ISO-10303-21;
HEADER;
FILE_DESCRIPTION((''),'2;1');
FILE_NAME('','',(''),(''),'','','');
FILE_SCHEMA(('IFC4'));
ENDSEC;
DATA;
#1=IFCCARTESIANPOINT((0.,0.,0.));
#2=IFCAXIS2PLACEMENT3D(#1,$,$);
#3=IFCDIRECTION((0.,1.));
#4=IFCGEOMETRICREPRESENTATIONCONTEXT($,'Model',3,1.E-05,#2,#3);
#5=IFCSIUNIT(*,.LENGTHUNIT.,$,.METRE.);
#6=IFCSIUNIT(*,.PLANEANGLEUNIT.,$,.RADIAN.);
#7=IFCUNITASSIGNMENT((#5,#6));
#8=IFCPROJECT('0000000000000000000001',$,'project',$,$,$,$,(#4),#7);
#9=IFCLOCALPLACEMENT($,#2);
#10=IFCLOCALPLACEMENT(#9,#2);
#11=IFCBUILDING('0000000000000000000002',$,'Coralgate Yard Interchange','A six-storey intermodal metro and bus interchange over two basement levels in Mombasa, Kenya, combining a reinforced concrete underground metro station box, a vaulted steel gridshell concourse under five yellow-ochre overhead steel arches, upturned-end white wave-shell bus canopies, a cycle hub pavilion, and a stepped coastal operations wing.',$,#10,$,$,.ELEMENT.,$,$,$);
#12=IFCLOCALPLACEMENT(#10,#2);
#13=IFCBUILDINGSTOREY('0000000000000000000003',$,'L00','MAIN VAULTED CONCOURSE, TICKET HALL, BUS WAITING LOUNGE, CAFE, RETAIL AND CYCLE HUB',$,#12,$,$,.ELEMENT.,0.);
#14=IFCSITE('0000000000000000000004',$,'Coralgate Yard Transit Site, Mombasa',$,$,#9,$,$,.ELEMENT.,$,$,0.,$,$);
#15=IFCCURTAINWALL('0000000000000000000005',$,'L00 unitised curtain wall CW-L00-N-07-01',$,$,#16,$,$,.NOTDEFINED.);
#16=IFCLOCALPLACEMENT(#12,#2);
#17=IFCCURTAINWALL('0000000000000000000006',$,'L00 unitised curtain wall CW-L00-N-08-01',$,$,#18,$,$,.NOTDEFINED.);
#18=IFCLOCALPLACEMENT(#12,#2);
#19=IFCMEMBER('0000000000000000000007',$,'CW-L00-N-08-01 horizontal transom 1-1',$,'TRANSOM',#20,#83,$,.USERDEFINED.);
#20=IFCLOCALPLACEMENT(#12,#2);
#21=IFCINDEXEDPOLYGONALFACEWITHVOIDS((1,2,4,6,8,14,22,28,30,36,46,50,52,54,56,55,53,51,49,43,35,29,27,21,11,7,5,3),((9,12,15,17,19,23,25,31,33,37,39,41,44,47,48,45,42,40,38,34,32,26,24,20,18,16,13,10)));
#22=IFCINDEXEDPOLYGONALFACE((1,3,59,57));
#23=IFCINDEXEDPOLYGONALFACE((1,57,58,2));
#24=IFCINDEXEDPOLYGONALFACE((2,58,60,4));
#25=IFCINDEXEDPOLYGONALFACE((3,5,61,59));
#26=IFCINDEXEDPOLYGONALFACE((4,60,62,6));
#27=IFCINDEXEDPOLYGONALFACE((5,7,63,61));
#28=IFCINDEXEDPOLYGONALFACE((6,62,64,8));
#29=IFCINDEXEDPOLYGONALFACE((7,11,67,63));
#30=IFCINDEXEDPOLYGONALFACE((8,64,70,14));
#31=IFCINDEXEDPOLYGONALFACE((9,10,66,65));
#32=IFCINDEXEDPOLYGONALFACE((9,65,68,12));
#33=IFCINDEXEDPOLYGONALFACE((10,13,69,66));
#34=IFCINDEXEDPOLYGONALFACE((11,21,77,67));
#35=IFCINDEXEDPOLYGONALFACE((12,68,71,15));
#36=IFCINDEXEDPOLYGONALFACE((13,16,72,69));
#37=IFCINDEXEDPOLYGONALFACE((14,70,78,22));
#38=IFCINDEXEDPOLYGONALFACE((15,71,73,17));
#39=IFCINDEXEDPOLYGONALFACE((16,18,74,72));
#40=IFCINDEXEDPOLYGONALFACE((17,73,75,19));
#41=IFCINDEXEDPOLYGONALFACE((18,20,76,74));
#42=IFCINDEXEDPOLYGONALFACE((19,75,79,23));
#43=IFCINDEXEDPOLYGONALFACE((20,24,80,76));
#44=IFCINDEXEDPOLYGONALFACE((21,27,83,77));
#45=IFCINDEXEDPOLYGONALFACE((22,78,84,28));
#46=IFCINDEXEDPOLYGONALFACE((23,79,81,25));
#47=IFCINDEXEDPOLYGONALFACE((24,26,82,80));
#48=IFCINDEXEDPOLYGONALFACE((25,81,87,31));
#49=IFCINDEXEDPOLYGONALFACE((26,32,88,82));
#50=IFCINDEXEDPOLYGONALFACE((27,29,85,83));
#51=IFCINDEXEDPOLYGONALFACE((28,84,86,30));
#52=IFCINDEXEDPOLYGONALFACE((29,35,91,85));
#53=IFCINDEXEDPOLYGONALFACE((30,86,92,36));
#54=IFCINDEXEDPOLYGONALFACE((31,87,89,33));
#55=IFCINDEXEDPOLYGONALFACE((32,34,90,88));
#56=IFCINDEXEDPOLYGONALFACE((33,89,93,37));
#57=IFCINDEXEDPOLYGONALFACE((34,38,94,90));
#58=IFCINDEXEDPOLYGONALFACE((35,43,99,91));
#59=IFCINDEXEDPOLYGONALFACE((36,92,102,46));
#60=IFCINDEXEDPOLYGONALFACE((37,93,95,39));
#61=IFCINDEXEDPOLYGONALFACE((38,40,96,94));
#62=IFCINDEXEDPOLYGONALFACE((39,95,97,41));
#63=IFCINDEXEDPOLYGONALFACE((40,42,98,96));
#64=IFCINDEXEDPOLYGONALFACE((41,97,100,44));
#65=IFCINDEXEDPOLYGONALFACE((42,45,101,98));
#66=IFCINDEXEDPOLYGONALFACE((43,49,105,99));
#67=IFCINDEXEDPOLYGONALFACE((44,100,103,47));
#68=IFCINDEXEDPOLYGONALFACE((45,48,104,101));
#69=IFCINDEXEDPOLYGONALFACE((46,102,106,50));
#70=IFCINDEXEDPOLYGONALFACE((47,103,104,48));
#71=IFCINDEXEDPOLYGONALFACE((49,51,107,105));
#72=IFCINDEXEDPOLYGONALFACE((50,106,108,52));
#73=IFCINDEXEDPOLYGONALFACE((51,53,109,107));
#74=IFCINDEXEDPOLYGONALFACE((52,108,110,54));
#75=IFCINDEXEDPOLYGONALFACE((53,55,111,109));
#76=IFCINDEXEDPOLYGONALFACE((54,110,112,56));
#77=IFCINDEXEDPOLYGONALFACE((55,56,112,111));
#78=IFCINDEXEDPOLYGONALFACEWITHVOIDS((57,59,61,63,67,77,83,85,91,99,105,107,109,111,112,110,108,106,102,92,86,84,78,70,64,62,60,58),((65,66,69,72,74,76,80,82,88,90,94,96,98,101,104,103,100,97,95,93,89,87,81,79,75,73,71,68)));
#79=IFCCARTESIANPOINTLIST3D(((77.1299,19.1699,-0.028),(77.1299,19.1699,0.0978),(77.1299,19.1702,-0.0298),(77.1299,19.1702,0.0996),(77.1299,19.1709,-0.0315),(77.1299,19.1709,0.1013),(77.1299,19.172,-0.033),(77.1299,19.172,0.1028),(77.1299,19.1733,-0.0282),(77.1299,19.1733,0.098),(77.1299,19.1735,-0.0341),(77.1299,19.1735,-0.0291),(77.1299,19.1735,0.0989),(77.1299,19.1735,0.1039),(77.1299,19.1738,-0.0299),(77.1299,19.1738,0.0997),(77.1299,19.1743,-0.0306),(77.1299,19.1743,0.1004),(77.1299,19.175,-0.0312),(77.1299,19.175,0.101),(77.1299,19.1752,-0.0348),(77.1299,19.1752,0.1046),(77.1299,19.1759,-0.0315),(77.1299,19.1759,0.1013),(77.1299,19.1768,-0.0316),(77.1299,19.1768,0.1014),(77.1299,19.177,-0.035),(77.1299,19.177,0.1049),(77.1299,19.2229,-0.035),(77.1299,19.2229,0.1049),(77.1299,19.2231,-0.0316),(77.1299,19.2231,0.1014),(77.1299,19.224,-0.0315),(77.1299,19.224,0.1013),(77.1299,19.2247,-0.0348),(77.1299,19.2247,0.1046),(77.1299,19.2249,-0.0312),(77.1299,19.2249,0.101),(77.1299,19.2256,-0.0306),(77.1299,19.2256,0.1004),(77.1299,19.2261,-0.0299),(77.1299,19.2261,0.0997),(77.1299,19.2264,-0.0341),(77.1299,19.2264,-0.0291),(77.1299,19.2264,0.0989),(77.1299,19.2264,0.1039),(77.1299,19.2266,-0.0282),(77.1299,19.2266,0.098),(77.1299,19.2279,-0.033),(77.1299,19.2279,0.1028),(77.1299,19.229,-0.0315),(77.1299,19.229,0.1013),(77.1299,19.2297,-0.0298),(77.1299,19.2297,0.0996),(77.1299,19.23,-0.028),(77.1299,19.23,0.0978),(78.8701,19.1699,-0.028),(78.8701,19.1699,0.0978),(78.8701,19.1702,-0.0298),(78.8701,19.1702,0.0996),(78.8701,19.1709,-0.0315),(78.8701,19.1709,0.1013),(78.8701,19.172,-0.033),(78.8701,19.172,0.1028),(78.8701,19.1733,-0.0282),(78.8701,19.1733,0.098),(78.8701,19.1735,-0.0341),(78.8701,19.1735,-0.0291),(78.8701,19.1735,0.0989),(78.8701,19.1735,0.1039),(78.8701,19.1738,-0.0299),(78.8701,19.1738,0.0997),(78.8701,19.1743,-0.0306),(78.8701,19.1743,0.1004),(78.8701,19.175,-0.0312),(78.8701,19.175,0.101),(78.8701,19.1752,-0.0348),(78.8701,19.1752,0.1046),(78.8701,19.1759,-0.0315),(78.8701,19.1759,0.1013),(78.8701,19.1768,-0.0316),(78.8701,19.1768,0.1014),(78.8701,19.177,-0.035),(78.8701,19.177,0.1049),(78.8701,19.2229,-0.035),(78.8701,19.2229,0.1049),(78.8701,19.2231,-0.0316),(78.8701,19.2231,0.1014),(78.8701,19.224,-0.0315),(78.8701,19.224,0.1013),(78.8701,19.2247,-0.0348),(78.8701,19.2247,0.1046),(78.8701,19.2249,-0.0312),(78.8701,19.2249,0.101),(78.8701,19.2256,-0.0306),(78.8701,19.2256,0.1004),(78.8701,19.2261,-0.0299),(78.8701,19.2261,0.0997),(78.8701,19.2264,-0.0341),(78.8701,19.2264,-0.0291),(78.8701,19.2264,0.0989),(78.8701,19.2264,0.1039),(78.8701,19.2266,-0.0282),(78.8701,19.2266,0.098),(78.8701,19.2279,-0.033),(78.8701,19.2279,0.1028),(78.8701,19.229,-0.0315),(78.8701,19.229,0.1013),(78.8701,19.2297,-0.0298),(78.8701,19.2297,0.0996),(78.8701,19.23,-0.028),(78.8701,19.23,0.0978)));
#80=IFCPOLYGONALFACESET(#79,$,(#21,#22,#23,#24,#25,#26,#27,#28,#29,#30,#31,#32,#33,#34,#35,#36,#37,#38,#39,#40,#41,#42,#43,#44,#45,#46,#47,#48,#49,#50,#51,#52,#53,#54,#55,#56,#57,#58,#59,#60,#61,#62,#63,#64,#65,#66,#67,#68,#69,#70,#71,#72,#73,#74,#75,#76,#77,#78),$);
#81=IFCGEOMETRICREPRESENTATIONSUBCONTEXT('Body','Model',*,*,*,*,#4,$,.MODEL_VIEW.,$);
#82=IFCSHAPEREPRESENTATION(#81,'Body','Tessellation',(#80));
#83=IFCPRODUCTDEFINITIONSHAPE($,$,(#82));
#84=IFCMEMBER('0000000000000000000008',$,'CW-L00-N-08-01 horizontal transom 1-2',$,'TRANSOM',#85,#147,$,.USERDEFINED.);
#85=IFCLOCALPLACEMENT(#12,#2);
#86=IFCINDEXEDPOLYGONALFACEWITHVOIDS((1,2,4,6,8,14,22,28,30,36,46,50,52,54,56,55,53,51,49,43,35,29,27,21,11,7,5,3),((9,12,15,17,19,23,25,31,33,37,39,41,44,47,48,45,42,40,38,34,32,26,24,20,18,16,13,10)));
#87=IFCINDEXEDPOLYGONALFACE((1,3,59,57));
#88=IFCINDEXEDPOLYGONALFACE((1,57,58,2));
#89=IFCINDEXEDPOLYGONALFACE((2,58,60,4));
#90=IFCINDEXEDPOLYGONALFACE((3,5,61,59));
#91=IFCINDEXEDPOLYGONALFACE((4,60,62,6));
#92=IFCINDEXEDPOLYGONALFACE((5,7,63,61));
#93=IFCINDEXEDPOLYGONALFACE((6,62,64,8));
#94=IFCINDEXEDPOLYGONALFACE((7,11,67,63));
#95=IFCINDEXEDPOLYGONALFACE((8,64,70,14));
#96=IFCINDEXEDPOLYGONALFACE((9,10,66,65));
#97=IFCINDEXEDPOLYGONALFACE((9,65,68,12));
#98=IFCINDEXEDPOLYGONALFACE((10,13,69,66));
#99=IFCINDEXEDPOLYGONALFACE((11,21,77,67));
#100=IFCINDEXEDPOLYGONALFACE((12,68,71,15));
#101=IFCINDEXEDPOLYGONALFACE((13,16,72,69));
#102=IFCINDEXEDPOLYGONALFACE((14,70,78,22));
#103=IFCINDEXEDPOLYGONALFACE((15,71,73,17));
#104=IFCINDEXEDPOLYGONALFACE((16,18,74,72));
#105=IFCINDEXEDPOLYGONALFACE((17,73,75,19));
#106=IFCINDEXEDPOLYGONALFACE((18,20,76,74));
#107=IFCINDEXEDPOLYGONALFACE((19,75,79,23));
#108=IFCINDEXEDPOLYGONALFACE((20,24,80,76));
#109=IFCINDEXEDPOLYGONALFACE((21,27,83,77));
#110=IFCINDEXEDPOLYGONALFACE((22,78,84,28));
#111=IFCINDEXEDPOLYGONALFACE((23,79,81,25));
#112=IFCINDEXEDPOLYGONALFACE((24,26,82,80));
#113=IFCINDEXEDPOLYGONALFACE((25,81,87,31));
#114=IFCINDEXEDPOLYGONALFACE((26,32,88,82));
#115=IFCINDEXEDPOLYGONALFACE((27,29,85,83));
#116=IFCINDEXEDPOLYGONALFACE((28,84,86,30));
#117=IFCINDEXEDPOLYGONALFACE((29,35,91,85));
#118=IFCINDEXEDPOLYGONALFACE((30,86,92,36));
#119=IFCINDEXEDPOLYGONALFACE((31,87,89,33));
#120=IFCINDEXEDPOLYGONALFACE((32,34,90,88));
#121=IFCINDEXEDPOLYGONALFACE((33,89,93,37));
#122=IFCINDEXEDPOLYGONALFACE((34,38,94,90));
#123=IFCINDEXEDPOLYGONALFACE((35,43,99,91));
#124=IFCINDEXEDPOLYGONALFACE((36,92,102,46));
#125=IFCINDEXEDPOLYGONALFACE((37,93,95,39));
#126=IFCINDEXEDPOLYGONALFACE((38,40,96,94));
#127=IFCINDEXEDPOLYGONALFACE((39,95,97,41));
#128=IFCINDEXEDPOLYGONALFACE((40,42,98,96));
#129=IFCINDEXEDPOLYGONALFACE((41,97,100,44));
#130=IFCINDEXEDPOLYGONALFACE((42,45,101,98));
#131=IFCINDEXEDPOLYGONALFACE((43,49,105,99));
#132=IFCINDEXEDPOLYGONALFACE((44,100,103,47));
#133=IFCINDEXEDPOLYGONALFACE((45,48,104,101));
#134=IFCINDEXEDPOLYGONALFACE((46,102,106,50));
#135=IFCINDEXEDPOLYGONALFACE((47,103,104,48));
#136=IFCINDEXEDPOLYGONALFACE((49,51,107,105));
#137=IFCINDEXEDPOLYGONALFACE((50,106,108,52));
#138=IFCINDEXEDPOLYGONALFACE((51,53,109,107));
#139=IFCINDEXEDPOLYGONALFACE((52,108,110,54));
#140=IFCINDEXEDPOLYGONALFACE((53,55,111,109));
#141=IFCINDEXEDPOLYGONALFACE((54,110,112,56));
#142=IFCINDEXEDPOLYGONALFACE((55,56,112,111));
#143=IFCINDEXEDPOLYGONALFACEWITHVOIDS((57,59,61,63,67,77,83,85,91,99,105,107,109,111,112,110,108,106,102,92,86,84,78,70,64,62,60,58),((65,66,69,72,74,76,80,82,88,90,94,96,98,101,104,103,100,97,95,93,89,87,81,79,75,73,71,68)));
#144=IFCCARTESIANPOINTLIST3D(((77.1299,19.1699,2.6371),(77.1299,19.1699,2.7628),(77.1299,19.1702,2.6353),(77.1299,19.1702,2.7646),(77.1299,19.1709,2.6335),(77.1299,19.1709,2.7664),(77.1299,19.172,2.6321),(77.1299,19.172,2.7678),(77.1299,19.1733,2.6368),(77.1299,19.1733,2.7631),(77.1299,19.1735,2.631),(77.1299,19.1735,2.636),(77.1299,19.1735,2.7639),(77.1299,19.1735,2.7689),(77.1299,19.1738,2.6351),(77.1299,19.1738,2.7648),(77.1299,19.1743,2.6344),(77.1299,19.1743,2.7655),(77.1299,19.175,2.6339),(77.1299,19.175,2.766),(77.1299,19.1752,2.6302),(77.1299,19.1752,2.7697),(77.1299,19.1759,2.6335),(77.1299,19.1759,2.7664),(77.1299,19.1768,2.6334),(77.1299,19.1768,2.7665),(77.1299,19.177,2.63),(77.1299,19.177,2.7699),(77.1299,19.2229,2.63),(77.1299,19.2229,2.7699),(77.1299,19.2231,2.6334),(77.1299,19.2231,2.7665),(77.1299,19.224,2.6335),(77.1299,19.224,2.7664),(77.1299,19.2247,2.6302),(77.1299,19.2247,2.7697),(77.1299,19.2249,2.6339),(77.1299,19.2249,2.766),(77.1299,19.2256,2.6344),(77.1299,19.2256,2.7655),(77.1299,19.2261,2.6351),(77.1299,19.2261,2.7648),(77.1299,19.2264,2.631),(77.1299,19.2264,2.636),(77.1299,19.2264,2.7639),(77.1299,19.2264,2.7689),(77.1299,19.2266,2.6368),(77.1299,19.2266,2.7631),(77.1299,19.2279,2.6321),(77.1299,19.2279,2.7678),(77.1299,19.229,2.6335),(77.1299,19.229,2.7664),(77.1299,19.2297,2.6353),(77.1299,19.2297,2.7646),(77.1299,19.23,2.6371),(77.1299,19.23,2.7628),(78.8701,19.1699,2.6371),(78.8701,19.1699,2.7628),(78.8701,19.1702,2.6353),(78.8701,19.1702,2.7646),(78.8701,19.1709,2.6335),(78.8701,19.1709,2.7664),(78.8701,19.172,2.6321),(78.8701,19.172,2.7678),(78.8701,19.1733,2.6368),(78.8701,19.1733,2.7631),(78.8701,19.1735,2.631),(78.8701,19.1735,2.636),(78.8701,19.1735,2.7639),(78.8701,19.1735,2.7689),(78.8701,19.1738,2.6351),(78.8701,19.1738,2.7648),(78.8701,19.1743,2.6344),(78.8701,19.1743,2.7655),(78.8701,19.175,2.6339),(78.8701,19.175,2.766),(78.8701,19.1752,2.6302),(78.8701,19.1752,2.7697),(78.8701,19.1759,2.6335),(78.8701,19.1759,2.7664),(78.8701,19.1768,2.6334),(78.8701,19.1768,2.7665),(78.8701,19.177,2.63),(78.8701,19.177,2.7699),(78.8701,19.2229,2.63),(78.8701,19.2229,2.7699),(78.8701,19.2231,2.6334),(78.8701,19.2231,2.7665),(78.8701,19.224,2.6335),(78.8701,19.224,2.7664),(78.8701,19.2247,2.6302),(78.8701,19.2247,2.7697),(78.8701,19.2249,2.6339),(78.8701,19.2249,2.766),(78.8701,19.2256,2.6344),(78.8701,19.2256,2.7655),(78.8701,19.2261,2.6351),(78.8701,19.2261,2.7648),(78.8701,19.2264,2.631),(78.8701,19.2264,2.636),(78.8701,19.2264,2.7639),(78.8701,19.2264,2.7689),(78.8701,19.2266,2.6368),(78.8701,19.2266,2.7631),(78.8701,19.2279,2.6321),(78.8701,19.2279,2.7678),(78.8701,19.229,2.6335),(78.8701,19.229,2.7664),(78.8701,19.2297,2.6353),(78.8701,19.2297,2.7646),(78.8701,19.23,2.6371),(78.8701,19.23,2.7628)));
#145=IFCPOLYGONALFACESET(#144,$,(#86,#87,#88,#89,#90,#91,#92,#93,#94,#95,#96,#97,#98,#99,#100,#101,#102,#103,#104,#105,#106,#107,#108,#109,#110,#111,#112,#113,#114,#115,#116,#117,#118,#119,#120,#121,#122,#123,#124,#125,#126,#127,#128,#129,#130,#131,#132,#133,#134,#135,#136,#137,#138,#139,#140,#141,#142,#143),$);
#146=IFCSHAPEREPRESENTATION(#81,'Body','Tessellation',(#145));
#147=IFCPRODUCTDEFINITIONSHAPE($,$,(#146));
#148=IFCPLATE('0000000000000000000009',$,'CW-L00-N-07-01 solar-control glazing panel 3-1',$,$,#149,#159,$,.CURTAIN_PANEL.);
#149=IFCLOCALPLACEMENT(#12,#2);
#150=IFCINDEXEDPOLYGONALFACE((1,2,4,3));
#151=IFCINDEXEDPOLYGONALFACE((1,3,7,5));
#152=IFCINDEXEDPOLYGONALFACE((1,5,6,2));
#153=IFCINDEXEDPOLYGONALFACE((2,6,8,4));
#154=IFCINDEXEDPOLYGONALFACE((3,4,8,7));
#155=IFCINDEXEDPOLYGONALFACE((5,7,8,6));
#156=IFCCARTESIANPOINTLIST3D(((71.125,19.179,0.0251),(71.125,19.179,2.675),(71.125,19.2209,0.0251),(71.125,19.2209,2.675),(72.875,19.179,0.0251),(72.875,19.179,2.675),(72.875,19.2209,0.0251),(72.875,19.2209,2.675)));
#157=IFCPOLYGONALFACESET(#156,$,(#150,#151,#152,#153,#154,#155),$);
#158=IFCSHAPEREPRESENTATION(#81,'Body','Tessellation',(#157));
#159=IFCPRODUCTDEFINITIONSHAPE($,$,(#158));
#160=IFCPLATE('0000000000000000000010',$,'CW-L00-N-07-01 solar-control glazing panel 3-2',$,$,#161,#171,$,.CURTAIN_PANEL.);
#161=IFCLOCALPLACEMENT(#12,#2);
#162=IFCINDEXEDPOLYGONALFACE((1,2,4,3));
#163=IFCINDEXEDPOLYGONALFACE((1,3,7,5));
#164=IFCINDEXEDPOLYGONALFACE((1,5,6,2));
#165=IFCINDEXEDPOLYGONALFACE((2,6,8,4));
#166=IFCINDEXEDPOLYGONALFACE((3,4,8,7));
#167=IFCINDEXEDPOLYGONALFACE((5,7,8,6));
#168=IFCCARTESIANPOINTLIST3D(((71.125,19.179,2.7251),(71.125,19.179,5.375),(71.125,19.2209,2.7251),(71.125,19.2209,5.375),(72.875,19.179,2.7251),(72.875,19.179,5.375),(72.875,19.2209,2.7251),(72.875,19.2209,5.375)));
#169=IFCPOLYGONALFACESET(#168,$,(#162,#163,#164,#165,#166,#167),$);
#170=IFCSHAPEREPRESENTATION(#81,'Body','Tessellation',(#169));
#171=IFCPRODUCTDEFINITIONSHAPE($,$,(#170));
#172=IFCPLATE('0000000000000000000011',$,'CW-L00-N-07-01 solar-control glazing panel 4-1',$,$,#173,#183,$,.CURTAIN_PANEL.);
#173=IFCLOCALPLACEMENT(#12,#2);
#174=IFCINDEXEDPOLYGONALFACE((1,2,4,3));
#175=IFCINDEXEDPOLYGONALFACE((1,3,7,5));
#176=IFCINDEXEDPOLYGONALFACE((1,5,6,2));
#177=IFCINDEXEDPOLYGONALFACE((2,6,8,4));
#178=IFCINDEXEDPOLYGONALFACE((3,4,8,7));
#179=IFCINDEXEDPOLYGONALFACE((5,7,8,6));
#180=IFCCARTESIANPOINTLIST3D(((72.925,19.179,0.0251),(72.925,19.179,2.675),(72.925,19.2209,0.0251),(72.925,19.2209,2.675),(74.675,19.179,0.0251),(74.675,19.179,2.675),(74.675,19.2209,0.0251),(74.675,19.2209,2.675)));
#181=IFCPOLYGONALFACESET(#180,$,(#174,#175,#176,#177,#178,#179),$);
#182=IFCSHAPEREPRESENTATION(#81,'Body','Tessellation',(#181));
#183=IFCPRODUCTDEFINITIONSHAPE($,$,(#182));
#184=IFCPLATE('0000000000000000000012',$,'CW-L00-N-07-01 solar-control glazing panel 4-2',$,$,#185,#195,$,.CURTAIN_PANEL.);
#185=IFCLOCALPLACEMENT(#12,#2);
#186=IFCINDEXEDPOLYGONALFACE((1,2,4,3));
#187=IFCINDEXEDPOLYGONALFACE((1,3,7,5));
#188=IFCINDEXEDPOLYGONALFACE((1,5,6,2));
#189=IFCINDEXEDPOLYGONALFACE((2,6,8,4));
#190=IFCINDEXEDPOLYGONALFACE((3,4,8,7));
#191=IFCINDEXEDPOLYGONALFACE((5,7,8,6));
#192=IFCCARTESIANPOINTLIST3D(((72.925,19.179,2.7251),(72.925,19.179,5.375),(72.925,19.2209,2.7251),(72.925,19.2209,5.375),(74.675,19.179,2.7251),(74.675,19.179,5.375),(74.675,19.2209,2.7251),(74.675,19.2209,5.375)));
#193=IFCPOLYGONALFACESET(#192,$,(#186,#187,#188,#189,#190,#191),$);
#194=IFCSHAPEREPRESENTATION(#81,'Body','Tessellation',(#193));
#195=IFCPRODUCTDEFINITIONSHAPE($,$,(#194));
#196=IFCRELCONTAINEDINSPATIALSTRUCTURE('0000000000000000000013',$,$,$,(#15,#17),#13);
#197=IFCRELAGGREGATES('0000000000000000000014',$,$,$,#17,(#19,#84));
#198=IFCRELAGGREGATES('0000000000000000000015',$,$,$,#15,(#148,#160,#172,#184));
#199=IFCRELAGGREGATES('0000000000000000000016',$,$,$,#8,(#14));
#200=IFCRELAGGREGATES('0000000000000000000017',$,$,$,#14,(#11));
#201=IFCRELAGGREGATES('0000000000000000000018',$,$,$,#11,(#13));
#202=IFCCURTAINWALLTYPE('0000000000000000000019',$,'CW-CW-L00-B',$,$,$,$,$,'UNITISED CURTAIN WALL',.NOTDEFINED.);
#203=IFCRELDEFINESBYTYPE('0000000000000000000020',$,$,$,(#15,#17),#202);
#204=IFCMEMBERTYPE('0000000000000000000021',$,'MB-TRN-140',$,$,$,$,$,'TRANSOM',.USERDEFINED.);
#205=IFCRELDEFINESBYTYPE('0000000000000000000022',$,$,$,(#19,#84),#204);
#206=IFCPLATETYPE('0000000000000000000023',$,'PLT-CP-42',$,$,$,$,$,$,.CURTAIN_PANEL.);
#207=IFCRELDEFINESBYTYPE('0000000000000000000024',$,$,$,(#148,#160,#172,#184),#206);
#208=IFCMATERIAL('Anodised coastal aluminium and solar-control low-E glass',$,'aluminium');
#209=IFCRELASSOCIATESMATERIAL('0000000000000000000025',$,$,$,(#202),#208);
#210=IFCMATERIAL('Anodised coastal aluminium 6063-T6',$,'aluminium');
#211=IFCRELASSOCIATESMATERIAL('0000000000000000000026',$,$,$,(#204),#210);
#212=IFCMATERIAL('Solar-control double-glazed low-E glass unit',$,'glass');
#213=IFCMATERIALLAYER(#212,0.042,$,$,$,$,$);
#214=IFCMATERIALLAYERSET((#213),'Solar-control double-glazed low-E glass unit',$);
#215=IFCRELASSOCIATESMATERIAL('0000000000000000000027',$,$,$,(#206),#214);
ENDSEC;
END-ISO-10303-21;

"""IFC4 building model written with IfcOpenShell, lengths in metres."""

from ifc_helpers import new_model, si_unit, direction, frame, origin, origin_2d, place, context, subcontext, project, spatial, rectangle, hollow_rectangle, extrude, material, layer, layer_set, material_profile, profile_set, type_object, element, aggregate, save


model = new_model("IFC4")

# Units and contexts
model_context = context("Model", 3, precision=1e-05, world=origin(), true_north=direction((0.0, 1.0)))
body_context = subcontext(model_context, "Body", "Model", "MODEL_VIEW")
ifc_project = project(units=[si_unit("LENGTHUNIT", "METRE"), si_unit("PLANEANGLEUNIT", "RADIAN")], contexts=[model_context])

# Site, building, storey
site_placement = place(None, origin())
site = spatial("IfcSite", under=ifc_project, at=site_placement, Name="Coralgate Yard Transit Site, Mombasa", CompositionType="ELEMENT", RefElevation=0.0)
building_placement = place(site_placement, origin())
building = spatial("IfcBuilding", under=site, at=building_placement, Name="Coralgate Yard Interchange", Description="A six-storey intermodal metro and bus interchange over two basement levels in Mombasa, Kenya, combining a reinforced concrete underground metro station box, a vaulted steel gridshell concourse under five yellow-ochre overhead steel arches, upturned-end white wave-shell bus canopies, a cycle hub pavilion, and a stepped coastal operations wing.", CompositionType="ELEMENT")
storey_placement = place(building_placement, origin())
storey = spatial("IfcBuildingStorey", under=building, at=storey_placement, Name="L00", Description="MAIN VAULTED CONCOURSE, TICKET HALL, BUS WAITING LOUNGE, CAFE, RETAIL AND CYCLE HUB", CompositionType="ELEMENT", Elevation=0.0)

# Curtain wall
ifc_material_1 = material(Name="Anodised coastal aluminium and solar-control low-E glass", Category="aluminium")
curtain_wall_type = type_object("IfcCurtainWallType", Name="CW-CW-L00-B", ElementType="UNITISED CURTAIN WALL", PredefinedType="NOTDEFINED", material=ifc_material_1)
curtain_wall_1_placement = place(storey_placement, origin())
curtain_wall_1 = element("IfcCurtainWall", 1, at=curtain_wall_1_placement, inside=storey, type_object=curtain_wall_type, Name="L00 unitised curtain wall CW-L00-N-07-01", PredefinedType="NOTDEFINED")
ifc_material_2 = material(Name="Anodised coastal aluminium 6063-T6", Category="aluminium")

# Curtain wall
curtain_wall_2_placement = place(storey_placement, origin())
curtain_wall_2 = element("IfcCurtainWall", 2, at=curtain_wall_2_placement, inside=storey, type_object=curtain_wall_type, Name="L00 unitised curtain wall CW-L00-N-08-01", PredefinedType="NOTDEFINED")

# Members
ifc_material_profile_1 = material_profile(ifc_material_2, hollow_rectangle(XDim=0.0601, YDim=0.1399, WallThickness=0.0034, InnerFilletRadius=0.0034, OuterFilletRadius=0.0071, at=origin_2d()), Name="ALU 60x140x3.5")
ifc_profile_set_1 = profile_set([ifc_material_profile_1], Name="Anodised coastal aluminium 6063-T6")
member_type_1 = type_object("IfcMemberType", Name="MB-TRN-140", ElementType="TRANSOM", PredefinedType="USERDEFINED", material=ifc_profile_set_1)
member_1_placement = place(storey_placement, frame((77.1299, 19.2, 0.0349), z_axis=(1.0, 0.0, 0.0), x_axis=(0.0, 1.0, 0.0)))
member_1 = element("IfcMember", 3, at=member_1_placement, type_object=member_type_1, Name="CW-L00-N-08-01 horizontal transom 1-1", ObjectType="TRANSOM", PredefinedType="USERDEFINED", context=body_context, shape_type="SweptSolid", body=[
    extrude(hollow_rectangle(XDim=0.0601, YDim=0.1399, WallThickness=0.0034, InnerFilletRadius=0.0034, OuterFilletRadius=0.0071, at=origin_2d()), origin(), (0.0, 0.0, 1.0), 1.7402),
])
member_2_placement = place(storey_placement, frame((77.1299, 19.2, 2.7), z_axis=(1.0, 0.0, 0.0), x_axis=(0.0, 1.0, 0.0)))
member_2 = element("IfcMember", 4, at=member_2_placement, type_object=member_type_1, Name="CW-L00-N-08-01 horizontal transom 1-2", ObjectType="TRANSOM", PredefinedType="USERDEFINED", context=body_context, shape_type="SweptSolid", body=[
    extrude(hollow_rectangle(XDim=0.0601, YDim=0.1399, WallThickness=0.0034, InnerFilletRadius=0.0034, OuterFilletRadius=0.0071, at=origin_2d()), origin(), (0.0, 0.0, 1.0), 1.7402),
])
aggregate(curtain_wall_2, [member_1, member_2])

# Plates
ifc_material_3 = material(Name="Solar-control double-glazed low-E glass unit", Category="glass")
ifc_layer = layer(ifc_material_3, 0.042)
ifc_layer_set = layer_set([ifc_layer], Name="Solar-control double-glazed low-E glass unit")
plate_type = type_object("IfcPlateType", Name="PLT-CP-42", PredefinedType="CURTAIN_PANEL", material=ifc_layer_set)
plate_1_placement = place(storey_placement, frame((72.0, 19.2, 0.0251), z_axis=(0.0, 0.0, 1.0), x_axis=(1.0, 0.0, 0.0)))
plate_1 = element("IfcPlate", 5, at=plate_1_placement, type_object=plate_type, Name="CW-L00-N-07-01 solar-control glazing panel 3-1", PredefinedType="CURTAIN_PANEL", context=body_context, shape_type="SweptSolid", body=[
    extrude(rectangle(XDim=1.75, YDim=0.042, at=origin_2d()), origin(), (0.0, 0.0, 1.0), 2.6499),
])
plate_2_placement = place(storey_placement, frame((72.0, 19.2, 2.7251), z_axis=(0.0, 0.0, 1.0), x_axis=(1.0, 0.0, 0.0)))
plate_2 = element("IfcPlate", 6, at=plate_2_placement, type_object=plate_type, Name="CW-L00-N-07-01 solar-control glazing panel 3-2", PredefinedType="CURTAIN_PANEL", context=body_context, shape_type="SweptSolid", body=[
    extrude(rectangle(XDim=1.75, YDim=0.042, at=origin_2d()), origin(), (0.0, 0.0, 1.0), 2.6499),
])
plate_3_placement = place(storey_placement, frame((73.8, 19.2, 0.0251), z_axis=(0.0, 0.0, 1.0), x_axis=(1.0, 0.0, 0.0)))
plate_3 = element("IfcPlate", 7, at=plate_3_placement, type_object=plate_type, Name="CW-L00-N-07-01 solar-control glazing panel 4-1", PredefinedType="CURTAIN_PANEL", context=body_context, shape_type="SweptSolid", body=[
    extrude(rectangle(XDim=1.75, YDim=0.042, at=origin_2d()), origin(), (0.0, 0.0, 1.0), 2.6499),
])
plate_4_placement = place(storey_placement, frame((73.8, 19.2, 2.7251), z_axis=(0.0, 0.0, 1.0), x_axis=(1.0, 0.0, 0.0)))
plate_4 = element("IfcPlate", 8, at=plate_4_placement, type_object=plate_type, Name="CW-L00-N-07-01 solar-control glazing panel 4-2", PredefinedType="CURTAIN_PANEL", context=body_context, shape_type="SweptSolid", body=[
    extrude(rectangle(XDim=1.75, YDim=0.042, at=origin_2d()), origin(), (0.0, 0.0, 1.0), 2.6499),
])
aggregate(curtain_wall_1, [plate_1, plate_2, plate_3, plate_4])

save(model, "model.ifc")
